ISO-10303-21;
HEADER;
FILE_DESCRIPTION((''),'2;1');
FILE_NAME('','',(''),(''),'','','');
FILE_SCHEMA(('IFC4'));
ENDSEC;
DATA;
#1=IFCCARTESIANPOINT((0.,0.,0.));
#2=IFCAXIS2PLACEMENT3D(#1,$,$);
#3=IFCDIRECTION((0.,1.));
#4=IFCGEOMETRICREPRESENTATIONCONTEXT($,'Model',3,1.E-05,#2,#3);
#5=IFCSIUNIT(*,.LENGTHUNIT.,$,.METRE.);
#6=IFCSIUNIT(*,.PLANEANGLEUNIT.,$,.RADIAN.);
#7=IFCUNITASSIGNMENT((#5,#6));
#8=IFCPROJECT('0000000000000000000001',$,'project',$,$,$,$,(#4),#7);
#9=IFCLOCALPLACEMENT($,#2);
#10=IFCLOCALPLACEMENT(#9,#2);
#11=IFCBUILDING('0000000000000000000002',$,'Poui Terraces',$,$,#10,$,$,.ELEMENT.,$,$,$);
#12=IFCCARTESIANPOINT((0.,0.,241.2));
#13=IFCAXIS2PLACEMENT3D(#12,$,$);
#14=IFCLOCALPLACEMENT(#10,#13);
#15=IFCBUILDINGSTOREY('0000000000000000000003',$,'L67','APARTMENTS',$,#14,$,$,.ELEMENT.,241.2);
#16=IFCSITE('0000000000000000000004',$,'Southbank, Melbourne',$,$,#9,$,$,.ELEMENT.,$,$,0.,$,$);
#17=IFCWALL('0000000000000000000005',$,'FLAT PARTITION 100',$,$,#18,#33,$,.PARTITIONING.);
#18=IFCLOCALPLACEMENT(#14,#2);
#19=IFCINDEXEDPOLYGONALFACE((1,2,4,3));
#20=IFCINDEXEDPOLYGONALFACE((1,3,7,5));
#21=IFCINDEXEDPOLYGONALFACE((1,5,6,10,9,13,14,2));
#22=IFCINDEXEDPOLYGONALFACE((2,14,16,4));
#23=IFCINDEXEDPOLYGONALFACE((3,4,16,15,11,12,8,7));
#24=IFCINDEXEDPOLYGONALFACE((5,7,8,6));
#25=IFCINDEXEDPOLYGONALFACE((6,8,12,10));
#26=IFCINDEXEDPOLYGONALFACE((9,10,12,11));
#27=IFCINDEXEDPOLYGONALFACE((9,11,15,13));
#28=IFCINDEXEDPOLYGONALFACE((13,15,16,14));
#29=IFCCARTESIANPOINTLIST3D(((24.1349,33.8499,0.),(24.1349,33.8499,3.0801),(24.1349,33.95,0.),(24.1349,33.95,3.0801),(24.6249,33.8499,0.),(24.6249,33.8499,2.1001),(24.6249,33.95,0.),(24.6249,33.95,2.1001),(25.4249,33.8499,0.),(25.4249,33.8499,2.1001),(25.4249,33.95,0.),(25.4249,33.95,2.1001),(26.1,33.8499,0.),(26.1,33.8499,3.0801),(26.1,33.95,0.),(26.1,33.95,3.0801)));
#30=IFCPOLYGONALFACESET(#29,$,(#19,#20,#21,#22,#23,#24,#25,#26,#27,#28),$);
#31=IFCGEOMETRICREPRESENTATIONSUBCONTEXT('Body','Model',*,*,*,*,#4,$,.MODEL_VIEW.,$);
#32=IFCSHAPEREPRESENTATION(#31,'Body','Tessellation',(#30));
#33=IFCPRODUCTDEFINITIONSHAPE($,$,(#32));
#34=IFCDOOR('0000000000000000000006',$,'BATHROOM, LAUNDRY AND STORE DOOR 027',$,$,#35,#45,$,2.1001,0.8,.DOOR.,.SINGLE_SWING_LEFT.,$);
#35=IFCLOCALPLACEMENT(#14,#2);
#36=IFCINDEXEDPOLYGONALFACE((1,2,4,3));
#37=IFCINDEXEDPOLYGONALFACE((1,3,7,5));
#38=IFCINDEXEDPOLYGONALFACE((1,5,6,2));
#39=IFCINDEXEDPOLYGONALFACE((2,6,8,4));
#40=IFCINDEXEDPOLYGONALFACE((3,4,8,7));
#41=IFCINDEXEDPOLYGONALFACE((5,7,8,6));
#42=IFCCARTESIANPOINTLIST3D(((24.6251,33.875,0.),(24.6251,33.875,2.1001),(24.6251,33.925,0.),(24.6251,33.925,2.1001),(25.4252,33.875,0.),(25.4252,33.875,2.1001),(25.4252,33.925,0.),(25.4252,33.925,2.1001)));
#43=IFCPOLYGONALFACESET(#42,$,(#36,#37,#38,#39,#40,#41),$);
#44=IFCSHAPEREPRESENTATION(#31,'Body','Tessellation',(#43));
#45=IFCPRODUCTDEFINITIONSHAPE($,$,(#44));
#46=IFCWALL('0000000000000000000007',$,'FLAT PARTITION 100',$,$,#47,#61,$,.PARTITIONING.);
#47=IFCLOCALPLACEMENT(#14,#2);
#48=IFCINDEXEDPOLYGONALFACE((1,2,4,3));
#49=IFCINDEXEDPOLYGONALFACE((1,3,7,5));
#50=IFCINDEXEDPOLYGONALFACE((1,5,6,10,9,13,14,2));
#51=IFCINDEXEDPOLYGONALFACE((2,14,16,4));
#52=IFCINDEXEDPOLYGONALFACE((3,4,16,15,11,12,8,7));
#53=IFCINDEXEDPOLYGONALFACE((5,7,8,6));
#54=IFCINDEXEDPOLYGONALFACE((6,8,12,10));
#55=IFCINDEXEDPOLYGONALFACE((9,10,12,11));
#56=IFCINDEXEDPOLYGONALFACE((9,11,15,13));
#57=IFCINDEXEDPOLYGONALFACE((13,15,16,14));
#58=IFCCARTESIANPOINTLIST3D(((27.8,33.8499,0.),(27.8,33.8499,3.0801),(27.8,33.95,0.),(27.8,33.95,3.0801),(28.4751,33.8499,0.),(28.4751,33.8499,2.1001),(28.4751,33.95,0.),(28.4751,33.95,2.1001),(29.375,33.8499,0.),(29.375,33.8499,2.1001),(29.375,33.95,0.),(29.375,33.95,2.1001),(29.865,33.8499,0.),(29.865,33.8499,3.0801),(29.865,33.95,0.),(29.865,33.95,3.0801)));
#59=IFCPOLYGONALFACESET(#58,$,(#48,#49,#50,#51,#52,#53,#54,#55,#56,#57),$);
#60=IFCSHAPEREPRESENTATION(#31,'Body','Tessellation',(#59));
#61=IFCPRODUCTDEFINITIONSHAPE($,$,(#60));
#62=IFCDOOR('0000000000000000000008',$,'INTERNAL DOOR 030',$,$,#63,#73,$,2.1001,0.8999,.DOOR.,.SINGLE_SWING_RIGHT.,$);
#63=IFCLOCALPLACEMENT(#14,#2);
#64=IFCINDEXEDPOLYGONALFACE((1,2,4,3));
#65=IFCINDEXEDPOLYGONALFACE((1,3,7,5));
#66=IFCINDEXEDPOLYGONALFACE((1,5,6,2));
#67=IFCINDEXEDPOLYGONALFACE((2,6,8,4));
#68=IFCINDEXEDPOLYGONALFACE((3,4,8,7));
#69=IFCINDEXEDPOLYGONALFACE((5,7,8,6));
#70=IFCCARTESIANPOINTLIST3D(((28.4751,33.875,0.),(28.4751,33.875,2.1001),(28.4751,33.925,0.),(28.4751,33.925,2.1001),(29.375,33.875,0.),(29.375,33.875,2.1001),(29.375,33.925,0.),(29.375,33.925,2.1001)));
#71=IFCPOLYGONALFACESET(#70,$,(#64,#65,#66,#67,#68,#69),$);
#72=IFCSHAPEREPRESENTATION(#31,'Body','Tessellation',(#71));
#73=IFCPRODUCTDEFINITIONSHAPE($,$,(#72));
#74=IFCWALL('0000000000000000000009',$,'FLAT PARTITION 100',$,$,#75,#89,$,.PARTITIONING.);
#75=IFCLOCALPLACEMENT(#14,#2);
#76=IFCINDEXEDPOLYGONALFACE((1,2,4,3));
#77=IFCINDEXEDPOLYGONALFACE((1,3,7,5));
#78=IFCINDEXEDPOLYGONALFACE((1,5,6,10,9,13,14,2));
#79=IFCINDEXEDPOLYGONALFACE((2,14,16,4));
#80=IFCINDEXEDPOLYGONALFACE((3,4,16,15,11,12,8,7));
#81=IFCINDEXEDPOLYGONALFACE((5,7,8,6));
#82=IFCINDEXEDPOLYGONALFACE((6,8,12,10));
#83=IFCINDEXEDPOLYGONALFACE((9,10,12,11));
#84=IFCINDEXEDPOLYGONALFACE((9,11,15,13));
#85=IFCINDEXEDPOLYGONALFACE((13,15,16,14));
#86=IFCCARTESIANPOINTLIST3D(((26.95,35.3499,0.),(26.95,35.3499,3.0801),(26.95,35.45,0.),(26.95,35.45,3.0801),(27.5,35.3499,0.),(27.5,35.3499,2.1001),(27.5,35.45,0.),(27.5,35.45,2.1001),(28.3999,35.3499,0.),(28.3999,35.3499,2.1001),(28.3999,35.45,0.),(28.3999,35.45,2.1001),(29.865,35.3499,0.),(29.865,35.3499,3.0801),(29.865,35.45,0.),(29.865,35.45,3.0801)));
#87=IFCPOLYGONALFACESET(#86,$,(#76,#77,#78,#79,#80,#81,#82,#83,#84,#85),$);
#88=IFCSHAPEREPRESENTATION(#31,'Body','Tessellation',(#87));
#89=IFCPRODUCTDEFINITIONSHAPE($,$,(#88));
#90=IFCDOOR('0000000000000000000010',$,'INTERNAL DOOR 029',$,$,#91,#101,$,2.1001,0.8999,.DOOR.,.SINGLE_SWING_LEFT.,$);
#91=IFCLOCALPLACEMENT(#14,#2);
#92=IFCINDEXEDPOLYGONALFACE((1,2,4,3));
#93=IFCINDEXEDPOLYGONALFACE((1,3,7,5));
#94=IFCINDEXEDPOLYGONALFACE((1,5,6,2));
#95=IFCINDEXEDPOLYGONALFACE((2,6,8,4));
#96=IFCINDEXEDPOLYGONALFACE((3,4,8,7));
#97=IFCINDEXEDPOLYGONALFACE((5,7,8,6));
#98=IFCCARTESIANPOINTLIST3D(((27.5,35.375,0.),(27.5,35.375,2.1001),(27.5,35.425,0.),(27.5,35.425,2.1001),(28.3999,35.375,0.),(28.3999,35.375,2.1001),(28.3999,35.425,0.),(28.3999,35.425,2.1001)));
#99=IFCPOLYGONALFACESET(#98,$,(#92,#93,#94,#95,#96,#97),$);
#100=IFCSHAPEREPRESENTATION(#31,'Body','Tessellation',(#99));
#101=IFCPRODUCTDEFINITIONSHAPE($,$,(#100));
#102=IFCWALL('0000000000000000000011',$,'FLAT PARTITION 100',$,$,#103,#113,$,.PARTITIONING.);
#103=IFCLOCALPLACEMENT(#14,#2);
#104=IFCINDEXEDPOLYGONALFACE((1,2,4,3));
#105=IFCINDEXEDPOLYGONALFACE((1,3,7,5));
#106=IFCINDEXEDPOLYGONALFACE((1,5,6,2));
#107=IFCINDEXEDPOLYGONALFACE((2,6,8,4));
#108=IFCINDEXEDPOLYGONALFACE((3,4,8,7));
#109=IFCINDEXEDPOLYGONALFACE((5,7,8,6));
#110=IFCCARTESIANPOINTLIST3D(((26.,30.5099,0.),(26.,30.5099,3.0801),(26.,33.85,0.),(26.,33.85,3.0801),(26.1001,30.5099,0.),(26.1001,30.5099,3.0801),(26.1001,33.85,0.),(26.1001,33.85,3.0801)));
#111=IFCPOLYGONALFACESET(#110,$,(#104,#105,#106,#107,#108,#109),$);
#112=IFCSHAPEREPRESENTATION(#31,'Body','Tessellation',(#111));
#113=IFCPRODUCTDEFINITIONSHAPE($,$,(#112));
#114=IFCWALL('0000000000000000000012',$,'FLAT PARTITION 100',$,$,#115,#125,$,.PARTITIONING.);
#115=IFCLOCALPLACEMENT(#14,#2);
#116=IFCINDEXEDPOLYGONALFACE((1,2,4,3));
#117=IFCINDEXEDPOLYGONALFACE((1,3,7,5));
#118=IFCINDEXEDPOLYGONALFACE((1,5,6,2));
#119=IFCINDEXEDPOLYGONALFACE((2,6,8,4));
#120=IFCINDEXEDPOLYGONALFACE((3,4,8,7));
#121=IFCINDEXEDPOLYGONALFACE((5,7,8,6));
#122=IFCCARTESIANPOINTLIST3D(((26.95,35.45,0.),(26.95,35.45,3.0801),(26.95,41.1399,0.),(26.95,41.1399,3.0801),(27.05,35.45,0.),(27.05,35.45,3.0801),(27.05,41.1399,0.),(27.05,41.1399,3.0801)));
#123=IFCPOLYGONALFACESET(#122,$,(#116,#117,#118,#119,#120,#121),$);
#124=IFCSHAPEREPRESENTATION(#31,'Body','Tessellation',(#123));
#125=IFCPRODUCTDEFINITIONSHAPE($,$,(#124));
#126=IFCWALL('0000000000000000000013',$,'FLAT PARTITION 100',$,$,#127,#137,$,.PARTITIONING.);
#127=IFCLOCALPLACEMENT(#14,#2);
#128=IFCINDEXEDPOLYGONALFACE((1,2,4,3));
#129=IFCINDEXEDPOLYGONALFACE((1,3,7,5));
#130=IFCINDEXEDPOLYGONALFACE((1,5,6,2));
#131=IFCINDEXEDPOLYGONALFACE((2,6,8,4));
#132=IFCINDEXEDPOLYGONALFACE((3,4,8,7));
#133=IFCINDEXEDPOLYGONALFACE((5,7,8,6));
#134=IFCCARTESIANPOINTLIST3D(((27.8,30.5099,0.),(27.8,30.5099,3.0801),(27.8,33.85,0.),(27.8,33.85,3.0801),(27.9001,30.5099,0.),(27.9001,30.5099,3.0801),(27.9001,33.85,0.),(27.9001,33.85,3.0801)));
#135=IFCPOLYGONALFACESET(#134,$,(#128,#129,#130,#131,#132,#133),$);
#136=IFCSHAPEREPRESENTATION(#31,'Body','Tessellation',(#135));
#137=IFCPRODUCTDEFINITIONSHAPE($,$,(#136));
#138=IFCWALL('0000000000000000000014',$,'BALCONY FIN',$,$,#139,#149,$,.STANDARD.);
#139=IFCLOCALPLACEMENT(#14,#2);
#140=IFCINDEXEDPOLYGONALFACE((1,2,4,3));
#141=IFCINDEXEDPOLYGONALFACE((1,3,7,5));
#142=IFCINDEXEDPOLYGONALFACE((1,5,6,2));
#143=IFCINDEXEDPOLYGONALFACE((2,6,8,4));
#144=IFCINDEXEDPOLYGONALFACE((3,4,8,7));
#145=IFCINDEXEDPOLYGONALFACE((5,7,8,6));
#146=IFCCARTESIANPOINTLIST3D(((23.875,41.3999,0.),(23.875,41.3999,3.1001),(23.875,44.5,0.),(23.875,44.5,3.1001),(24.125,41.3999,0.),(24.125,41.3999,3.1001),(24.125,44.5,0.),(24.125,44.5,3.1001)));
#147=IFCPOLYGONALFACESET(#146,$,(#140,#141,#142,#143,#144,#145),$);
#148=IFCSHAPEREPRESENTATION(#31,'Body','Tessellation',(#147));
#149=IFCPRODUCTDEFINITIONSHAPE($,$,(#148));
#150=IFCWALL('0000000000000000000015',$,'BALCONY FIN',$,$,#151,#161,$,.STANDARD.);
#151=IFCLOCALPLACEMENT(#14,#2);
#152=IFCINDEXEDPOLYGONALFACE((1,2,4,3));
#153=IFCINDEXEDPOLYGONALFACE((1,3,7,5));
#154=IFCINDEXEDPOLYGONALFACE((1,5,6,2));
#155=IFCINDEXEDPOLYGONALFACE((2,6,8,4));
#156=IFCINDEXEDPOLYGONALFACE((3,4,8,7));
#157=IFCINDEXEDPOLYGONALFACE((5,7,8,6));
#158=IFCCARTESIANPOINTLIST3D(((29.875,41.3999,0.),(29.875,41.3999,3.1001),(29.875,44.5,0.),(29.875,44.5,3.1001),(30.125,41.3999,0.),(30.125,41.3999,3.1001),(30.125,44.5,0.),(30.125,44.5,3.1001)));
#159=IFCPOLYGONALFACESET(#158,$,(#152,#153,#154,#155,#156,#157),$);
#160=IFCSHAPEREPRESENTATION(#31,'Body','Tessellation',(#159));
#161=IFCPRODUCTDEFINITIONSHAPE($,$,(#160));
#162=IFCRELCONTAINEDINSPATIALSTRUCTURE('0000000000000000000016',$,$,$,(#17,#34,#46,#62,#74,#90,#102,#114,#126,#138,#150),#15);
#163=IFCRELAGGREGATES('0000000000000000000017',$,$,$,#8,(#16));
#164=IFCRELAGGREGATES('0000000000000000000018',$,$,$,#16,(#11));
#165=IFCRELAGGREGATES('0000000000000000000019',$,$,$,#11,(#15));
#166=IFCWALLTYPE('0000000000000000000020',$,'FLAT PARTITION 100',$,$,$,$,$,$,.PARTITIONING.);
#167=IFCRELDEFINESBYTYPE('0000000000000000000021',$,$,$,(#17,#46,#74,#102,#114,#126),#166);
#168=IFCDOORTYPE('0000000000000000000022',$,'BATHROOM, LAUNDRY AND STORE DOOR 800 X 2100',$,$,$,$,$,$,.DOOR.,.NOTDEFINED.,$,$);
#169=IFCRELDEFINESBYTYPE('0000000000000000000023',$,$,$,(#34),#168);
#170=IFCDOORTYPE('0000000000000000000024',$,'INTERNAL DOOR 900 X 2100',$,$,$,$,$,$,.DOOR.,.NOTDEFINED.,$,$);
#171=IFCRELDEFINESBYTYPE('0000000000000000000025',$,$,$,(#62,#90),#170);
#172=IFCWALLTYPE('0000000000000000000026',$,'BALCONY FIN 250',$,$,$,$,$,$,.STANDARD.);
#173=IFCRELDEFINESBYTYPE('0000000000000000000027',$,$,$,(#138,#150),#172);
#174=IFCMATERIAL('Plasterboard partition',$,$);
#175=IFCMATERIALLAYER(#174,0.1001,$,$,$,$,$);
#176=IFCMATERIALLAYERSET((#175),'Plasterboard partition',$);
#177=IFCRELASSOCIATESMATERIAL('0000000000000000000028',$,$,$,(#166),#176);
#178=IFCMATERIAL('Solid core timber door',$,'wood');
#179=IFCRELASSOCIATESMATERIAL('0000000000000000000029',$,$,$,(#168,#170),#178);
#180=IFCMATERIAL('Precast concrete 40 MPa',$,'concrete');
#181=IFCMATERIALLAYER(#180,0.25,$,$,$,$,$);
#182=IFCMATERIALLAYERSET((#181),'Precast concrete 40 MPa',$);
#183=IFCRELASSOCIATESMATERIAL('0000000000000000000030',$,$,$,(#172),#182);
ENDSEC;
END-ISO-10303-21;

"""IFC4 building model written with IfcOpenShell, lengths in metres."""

from ifc_helpers import new_model, si_unit, direction, frame, frame_2d, origin, place, context, subcontext, project, spatial, polyline, rectangle, outline, extrude, source, transform, mapped, material, layer, layer_set, type_object, element, fill, save


model = new_model("IFC4")

# Units and contexts
model_context = context("Model", 3, precision=1e-05, world=origin(), true_north=direction((0.0, 1.0)))
body_context = subcontext(model_context, "Body", "Model", "MODEL_VIEW")
ifc_project = project(units=[si_unit("LENGTHUNIT", "METRE"), si_unit("PLANEANGLEUNIT", "RADIAN")], contexts=[model_context])

# Site, building, storey
site_placement = place(None, origin())
site = spatial("IfcSite", under=ifc_project, at=site_placement, Name="Southbank, Melbourne", CompositionType="ELEMENT", RefElevation=0.0)
building_placement = place(site_placement, origin())
building = spatial("IfcBuilding", under=site, at=building_placement, Name="Poui Terraces", CompositionType="ELEMENT")
storey_placement = place(building_placement, frame((0.0, 0.0, 241.2)))
storey = spatial("IfcBuildingStorey", under=building, at=storey_placement, Name="L67", Description="APARTMENTS", CompositionType="ELEMENT", Elevation=241.2)

# Walls, openings, doors
ifc_material_1 = material(Name="Plasterboard partition")
ifc_layer_1 = layer(ifc_material_1, 0.1001)
ifc_layer_set_1 = layer_set([ifc_layer_1], Name="Plasterboard partition")
wall_type_1 = type_object("IfcWallType", Name="FLAT PARTITION 100", PredefinedType="PARTITIONING", material=ifc_layer_set_1)
wall_1_placement = place(storey_placement, frame((24.135, 33.8999, 0.0), z_axis=(0.0, 0.0, 1.0), x_axis=(1.0, 0.0, 0.0)))
wall_1 = element("IfcWall", 1, at=wall_1_placement, inside=storey, type_object=wall_type_1, Name="FLAT PARTITION 100", PredefinedType="PARTITIONING", context=body_context, shape_type="SweptSolid", body=[
    extrude(rectangle(XDim=1.9651, YDim=0.1001, at=frame_2d((0.9824, 0.0))), origin(), (0.0, 0.0, 1.0), 3.0801),
])
opening_1_placement = place(wall_1_placement, frame((0.49, 0.0, 0.0)))
opening_1 = element("IfcOpeningElement", 2, at=opening_1_placement, cuts=wall_1, PredefinedType="OPENING", context=body_context, shape_type="SweptSolid", body=[
    extrude(rectangle(XDim=0.8, YDim=2.1001, at=frame_2d((0.3999, 1.05))), frame((0.0, 0.0601, 0.0), z_axis=(0.0, -1.0, 0.0), x_axis=(1.0, 0.0, 0.0)), (0.0, 0.0, 1.0), 0.1201),
])
ifc_material_2 = material(Name="Solid core timber door", Category="wood")
door_type_1 = type_object("IfcDoorType", Name="BATHROOM, LAUNDRY AND STORE DOOR 800 X 2100", OperationType="NOTDEFINED", PredefinedType="DOOR", material=ifc_material_2)
door_1_placement = place(opening_1_placement, frame((0.8, 0.0, 0.0), z_axis=(0.0, 0.0, 1.0), x_axis=(-1.0, 0.0, 0.0)))
door_1 = element("IfcDoor", 3, at=door_1_placement, inside=storey, type_object=door_type_1, Name="BATHROOM, LAUNDRY AND STORE DOOR 027", OperationType="SINGLE_SWING_LEFT", OverallHeight=2.1001, OverallWidth=0.8, PredefinedType="DOOR", context=body_context, shape_type="SweptSolid", body=[
    extrude(rectangle(XDim=0.8, YDim=2.1001, at=frame_2d((0.3999, 1.05))), frame((0.0, 0.0249, 0.0), z_axis=(0.0, -1.0, 0.0), x_axis=(1.0, 0.0, 0.0)), (0.0, 0.0, 1.0), 0.05),
])
fill(opening_1, door_1)
wall_2_placement = place(storey_placement, frame((27.8, 33.8999, 0.0), z_axis=(0.0, 0.0, 1.0), x_axis=(1.0, 0.0, 0.0)))
wall_2 = element("IfcWall", 4, at=wall_2_placement, inside=storey, type_object=wall_type_1, Name="FLAT PARTITION 100", PredefinedType="PARTITIONING", context=body_context, shape_type="SweptSolid", body=[
    extrude(rectangle(XDim=2.0649, YDim=0.1001, at=frame_2d((1.0325, 0.0))), origin(), (0.0, 0.0, 1.0), 3.0801),
])
opening_2_placement = place(wall_2_placement, frame((0.675, 0.0, 0.0)))
opening_2 = element("IfcOpeningElement", 5, at=opening_2_placement, cuts=wall_2, PredefinedType="OPENING", context=body_context, shape_type="SweptSolid", body=[
    extrude(rectangle(XDim=0.8999, YDim=2.1001, at=frame_2d((0.45, 1.05))), frame((0.0, 0.0601, 0.0), z_axis=(0.0, -1.0, 0.0), x_axis=(1.0, 0.0, 0.0)), (0.0, 0.0, 1.0), 0.1201),
])
door_type_2 = type_object("IfcDoorType", Name="INTERNAL DOOR 900 X 2100", OperationType="NOTDEFINED", PredefinedType="DOOR", material=ifc_material_2)
door_2_placement = place(opening_2_placement, frame((0.8999, 0.0, 0.0), z_axis=(0.0, 0.0, 1.0), x_axis=(-1.0, 0.0, 0.0)))
door_2 = element("IfcDoor", 6, at=door_2_placement, inside=storey, type_object=door_type_2, Name="INTERNAL DOOR 030", OperationType="SINGLE_SWING_RIGHT", OverallHeight=2.1001, OverallWidth=0.8999, PredefinedType="DOOR", context=body_context, shape_type="SweptSolid", body=[
    extrude(rectangle(XDim=0.8999, YDim=2.1001, at=frame_2d((0.45, 1.05))), frame((0.0, 0.0249, 0.0), z_axis=(0.0, -1.0, 0.0), x_axis=(1.0, 0.0, 0.0)), (0.0, 0.0, 1.0), 0.05),
])
fill(opening_2, door_2)
wall_3_placement = place(storey_placement, frame((26.95, 35.3999, 0.0), z_axis=(0.0, 0.0, 1.0), x_axis=(1.0, 0.0, 0.0)))
wall_3 = element("IfcWall", 7, at=wall_3_placement, inside=storey, type_object=wall_type_1, Name="FLAT PARTITION 100", PredefinedType="PARTITIONING", context=body_context, shape_type="SweptSolid", body=[
    extrude(rectangle(XDim=2.915, YDim=0.1001, at=frame_2d((1.4575, 0.0))), origin(), (0.0, 0.0, 1.0), 3.0801),
])
opening_3_placement = place(wall_3_placement, frame((0.55, 0.0, 0.0)))
opening_3 = element("IfcOpeningElement", 8, at=opening_3_placement, cuts=wall_3, PredefinedType="OPENING", context=body_context, shape_type="SweptSolid", body=[
    extrude(rectangle(XDim=0.8999, YDim=2.1001, at=frame_2d((0.45, 1.05))), frame((0.0, 0.0601, 0.0), z_axis=(0.0, -1.0, 0.0), x_axis=(1.0, 0.0, 0.0)), (0.0, 0.0, 1.0), 0.1201),
])
door_3_placement = place(opening_3_placement, frame((0.8999, 0.0, 0.0), z_axis=(0.0, 0.0, 1.0), x_axis=(-1.0, 0.0, 0.0)))
door_3 = element("IfcDoor", 9, at=door_3_placement, inside=storey, type_object=door_type_2, Name="INTERNAL DOOR 029", OperationType="SINGLE_SWING_LEFT", OverallHeight=2.1001, OverallWidth=0.8999, PredefinedType="DOOR", context=body_context, shape_type="SweptSolid", body=[
    extrude(rectangle(XDim=0.8999, YDim=2.1001, at=frame_2d((0.45, 1.05))), frame((0.0, 0.0249, 0.0), z_axis=(0.0, -1.0, 0.0), x_axis=(1.0, 0.0, 0.0)), (0.0, 0.0, 1.0), 0.05),
])
fill(opening_3, door_3)

# Walls
wall_4_placement = place(storey_placement, frame((26.05, 30.51, 0.0), z_axis=(0.0, 0.0, 1.0), x_axis=(0.0, 1.0, 0.0)))
element("IfcWall", 10, at=wall_4_placement, inside=storey, type_object=wall_type_1, Name="FLAT PARTITION 100", PredefinedType="PARTITIONING", context=body_context, shape_type="SweptSolid", body=[
    extrude(rectangle(XDim=3.3401, YDim=0.1001, at=frame_2d((1.6699, 0.0))), origin(), (0.0, 0.0, 1.0), 3.0801),
])
wall_5_placement = place(storey_placement, frame((27.0, 35.45, 0.0), z_axis=(0.0, 0.0, 1.0), x_axis=(0.0, 1.0, 0.0)))
element("IfcWall", 11, at=wall_5_placement, inside=storey, type_object=wall_type_1, Name="FLAT PARTITION 100", PredefinedType="PARTITIONING", context=body_context, shape_type="SweptSolid", body=[
    extrude(rectangle(XDim=5.6899, YDim=0.1001, at=frame_2d((2.845, 0.0))), origin(), (0.0, 0.0, 1.0), 3.0801),
])
wall_6_placement = place(storey_placement, frame((27.8501, 30.51, 0.0), z_axis=(0.0, 0.0, 1.0), x_axis=(0.0, 1.0, 0.0)))
element("IfcWall", 12, at=wall_6_placement, inside=storey, type_object=wall_type_1, Name="FLAT PARTITION 100", PredefinedType="PARTITIONING", context=body_context, shape_type="SweptSolid", body=[
    extrude(rectangle(XDim=3.3401, YDim=0.1001, at=frame_2d((1.6699, 0.0))), origin(), (0.0, 0.0, 1.0), 3.0801),
])
ifc_material_3 = material(Name="Precast concrete 40 MPa", Category="concrete")
ifc_layer_2 = layer(ifc_material_3, 0.25)
ifc_layer_set_2 = layer_set([ifc_layer_2], Name="Precast concrete 40 MPa")
wall_type_2 = type_object("IfcWallType", Name="BALCONY FIN 250", PredefinedType="STANDARD", material=ifc_layer_set_2)
shared_shape_1 = source(origin(), body_context, "Body", "SweptSolid", [
    extrude(outline(polyline([(0.0, 0.0), (0.25, 0.0), (0.25, 3.1001), (0.0, 3.1001), (0.0, 0.0)])), origin(), (0.0, 0.0, 1.0), 3.1001),
])
for number, where, name in (
    (13, (23.875, 41.3999, 0.0), "BALCONY FIN"),
    (14, (29.875, 41.3999, 0.0), "BALCONY FIN"),
):
    element("IfcWall", number, at=place(storey_placement, frame(where)), inside=storey, type_object=wall_type_2, Name=name, PredefinedType="STANDARD", context=body_context, shape_type="MappedRepresentation", body=[
        mapped(shared_shape_1, transform((0.0, 0.0, 0.0))),
    ])

save(model, "model.ifc")
